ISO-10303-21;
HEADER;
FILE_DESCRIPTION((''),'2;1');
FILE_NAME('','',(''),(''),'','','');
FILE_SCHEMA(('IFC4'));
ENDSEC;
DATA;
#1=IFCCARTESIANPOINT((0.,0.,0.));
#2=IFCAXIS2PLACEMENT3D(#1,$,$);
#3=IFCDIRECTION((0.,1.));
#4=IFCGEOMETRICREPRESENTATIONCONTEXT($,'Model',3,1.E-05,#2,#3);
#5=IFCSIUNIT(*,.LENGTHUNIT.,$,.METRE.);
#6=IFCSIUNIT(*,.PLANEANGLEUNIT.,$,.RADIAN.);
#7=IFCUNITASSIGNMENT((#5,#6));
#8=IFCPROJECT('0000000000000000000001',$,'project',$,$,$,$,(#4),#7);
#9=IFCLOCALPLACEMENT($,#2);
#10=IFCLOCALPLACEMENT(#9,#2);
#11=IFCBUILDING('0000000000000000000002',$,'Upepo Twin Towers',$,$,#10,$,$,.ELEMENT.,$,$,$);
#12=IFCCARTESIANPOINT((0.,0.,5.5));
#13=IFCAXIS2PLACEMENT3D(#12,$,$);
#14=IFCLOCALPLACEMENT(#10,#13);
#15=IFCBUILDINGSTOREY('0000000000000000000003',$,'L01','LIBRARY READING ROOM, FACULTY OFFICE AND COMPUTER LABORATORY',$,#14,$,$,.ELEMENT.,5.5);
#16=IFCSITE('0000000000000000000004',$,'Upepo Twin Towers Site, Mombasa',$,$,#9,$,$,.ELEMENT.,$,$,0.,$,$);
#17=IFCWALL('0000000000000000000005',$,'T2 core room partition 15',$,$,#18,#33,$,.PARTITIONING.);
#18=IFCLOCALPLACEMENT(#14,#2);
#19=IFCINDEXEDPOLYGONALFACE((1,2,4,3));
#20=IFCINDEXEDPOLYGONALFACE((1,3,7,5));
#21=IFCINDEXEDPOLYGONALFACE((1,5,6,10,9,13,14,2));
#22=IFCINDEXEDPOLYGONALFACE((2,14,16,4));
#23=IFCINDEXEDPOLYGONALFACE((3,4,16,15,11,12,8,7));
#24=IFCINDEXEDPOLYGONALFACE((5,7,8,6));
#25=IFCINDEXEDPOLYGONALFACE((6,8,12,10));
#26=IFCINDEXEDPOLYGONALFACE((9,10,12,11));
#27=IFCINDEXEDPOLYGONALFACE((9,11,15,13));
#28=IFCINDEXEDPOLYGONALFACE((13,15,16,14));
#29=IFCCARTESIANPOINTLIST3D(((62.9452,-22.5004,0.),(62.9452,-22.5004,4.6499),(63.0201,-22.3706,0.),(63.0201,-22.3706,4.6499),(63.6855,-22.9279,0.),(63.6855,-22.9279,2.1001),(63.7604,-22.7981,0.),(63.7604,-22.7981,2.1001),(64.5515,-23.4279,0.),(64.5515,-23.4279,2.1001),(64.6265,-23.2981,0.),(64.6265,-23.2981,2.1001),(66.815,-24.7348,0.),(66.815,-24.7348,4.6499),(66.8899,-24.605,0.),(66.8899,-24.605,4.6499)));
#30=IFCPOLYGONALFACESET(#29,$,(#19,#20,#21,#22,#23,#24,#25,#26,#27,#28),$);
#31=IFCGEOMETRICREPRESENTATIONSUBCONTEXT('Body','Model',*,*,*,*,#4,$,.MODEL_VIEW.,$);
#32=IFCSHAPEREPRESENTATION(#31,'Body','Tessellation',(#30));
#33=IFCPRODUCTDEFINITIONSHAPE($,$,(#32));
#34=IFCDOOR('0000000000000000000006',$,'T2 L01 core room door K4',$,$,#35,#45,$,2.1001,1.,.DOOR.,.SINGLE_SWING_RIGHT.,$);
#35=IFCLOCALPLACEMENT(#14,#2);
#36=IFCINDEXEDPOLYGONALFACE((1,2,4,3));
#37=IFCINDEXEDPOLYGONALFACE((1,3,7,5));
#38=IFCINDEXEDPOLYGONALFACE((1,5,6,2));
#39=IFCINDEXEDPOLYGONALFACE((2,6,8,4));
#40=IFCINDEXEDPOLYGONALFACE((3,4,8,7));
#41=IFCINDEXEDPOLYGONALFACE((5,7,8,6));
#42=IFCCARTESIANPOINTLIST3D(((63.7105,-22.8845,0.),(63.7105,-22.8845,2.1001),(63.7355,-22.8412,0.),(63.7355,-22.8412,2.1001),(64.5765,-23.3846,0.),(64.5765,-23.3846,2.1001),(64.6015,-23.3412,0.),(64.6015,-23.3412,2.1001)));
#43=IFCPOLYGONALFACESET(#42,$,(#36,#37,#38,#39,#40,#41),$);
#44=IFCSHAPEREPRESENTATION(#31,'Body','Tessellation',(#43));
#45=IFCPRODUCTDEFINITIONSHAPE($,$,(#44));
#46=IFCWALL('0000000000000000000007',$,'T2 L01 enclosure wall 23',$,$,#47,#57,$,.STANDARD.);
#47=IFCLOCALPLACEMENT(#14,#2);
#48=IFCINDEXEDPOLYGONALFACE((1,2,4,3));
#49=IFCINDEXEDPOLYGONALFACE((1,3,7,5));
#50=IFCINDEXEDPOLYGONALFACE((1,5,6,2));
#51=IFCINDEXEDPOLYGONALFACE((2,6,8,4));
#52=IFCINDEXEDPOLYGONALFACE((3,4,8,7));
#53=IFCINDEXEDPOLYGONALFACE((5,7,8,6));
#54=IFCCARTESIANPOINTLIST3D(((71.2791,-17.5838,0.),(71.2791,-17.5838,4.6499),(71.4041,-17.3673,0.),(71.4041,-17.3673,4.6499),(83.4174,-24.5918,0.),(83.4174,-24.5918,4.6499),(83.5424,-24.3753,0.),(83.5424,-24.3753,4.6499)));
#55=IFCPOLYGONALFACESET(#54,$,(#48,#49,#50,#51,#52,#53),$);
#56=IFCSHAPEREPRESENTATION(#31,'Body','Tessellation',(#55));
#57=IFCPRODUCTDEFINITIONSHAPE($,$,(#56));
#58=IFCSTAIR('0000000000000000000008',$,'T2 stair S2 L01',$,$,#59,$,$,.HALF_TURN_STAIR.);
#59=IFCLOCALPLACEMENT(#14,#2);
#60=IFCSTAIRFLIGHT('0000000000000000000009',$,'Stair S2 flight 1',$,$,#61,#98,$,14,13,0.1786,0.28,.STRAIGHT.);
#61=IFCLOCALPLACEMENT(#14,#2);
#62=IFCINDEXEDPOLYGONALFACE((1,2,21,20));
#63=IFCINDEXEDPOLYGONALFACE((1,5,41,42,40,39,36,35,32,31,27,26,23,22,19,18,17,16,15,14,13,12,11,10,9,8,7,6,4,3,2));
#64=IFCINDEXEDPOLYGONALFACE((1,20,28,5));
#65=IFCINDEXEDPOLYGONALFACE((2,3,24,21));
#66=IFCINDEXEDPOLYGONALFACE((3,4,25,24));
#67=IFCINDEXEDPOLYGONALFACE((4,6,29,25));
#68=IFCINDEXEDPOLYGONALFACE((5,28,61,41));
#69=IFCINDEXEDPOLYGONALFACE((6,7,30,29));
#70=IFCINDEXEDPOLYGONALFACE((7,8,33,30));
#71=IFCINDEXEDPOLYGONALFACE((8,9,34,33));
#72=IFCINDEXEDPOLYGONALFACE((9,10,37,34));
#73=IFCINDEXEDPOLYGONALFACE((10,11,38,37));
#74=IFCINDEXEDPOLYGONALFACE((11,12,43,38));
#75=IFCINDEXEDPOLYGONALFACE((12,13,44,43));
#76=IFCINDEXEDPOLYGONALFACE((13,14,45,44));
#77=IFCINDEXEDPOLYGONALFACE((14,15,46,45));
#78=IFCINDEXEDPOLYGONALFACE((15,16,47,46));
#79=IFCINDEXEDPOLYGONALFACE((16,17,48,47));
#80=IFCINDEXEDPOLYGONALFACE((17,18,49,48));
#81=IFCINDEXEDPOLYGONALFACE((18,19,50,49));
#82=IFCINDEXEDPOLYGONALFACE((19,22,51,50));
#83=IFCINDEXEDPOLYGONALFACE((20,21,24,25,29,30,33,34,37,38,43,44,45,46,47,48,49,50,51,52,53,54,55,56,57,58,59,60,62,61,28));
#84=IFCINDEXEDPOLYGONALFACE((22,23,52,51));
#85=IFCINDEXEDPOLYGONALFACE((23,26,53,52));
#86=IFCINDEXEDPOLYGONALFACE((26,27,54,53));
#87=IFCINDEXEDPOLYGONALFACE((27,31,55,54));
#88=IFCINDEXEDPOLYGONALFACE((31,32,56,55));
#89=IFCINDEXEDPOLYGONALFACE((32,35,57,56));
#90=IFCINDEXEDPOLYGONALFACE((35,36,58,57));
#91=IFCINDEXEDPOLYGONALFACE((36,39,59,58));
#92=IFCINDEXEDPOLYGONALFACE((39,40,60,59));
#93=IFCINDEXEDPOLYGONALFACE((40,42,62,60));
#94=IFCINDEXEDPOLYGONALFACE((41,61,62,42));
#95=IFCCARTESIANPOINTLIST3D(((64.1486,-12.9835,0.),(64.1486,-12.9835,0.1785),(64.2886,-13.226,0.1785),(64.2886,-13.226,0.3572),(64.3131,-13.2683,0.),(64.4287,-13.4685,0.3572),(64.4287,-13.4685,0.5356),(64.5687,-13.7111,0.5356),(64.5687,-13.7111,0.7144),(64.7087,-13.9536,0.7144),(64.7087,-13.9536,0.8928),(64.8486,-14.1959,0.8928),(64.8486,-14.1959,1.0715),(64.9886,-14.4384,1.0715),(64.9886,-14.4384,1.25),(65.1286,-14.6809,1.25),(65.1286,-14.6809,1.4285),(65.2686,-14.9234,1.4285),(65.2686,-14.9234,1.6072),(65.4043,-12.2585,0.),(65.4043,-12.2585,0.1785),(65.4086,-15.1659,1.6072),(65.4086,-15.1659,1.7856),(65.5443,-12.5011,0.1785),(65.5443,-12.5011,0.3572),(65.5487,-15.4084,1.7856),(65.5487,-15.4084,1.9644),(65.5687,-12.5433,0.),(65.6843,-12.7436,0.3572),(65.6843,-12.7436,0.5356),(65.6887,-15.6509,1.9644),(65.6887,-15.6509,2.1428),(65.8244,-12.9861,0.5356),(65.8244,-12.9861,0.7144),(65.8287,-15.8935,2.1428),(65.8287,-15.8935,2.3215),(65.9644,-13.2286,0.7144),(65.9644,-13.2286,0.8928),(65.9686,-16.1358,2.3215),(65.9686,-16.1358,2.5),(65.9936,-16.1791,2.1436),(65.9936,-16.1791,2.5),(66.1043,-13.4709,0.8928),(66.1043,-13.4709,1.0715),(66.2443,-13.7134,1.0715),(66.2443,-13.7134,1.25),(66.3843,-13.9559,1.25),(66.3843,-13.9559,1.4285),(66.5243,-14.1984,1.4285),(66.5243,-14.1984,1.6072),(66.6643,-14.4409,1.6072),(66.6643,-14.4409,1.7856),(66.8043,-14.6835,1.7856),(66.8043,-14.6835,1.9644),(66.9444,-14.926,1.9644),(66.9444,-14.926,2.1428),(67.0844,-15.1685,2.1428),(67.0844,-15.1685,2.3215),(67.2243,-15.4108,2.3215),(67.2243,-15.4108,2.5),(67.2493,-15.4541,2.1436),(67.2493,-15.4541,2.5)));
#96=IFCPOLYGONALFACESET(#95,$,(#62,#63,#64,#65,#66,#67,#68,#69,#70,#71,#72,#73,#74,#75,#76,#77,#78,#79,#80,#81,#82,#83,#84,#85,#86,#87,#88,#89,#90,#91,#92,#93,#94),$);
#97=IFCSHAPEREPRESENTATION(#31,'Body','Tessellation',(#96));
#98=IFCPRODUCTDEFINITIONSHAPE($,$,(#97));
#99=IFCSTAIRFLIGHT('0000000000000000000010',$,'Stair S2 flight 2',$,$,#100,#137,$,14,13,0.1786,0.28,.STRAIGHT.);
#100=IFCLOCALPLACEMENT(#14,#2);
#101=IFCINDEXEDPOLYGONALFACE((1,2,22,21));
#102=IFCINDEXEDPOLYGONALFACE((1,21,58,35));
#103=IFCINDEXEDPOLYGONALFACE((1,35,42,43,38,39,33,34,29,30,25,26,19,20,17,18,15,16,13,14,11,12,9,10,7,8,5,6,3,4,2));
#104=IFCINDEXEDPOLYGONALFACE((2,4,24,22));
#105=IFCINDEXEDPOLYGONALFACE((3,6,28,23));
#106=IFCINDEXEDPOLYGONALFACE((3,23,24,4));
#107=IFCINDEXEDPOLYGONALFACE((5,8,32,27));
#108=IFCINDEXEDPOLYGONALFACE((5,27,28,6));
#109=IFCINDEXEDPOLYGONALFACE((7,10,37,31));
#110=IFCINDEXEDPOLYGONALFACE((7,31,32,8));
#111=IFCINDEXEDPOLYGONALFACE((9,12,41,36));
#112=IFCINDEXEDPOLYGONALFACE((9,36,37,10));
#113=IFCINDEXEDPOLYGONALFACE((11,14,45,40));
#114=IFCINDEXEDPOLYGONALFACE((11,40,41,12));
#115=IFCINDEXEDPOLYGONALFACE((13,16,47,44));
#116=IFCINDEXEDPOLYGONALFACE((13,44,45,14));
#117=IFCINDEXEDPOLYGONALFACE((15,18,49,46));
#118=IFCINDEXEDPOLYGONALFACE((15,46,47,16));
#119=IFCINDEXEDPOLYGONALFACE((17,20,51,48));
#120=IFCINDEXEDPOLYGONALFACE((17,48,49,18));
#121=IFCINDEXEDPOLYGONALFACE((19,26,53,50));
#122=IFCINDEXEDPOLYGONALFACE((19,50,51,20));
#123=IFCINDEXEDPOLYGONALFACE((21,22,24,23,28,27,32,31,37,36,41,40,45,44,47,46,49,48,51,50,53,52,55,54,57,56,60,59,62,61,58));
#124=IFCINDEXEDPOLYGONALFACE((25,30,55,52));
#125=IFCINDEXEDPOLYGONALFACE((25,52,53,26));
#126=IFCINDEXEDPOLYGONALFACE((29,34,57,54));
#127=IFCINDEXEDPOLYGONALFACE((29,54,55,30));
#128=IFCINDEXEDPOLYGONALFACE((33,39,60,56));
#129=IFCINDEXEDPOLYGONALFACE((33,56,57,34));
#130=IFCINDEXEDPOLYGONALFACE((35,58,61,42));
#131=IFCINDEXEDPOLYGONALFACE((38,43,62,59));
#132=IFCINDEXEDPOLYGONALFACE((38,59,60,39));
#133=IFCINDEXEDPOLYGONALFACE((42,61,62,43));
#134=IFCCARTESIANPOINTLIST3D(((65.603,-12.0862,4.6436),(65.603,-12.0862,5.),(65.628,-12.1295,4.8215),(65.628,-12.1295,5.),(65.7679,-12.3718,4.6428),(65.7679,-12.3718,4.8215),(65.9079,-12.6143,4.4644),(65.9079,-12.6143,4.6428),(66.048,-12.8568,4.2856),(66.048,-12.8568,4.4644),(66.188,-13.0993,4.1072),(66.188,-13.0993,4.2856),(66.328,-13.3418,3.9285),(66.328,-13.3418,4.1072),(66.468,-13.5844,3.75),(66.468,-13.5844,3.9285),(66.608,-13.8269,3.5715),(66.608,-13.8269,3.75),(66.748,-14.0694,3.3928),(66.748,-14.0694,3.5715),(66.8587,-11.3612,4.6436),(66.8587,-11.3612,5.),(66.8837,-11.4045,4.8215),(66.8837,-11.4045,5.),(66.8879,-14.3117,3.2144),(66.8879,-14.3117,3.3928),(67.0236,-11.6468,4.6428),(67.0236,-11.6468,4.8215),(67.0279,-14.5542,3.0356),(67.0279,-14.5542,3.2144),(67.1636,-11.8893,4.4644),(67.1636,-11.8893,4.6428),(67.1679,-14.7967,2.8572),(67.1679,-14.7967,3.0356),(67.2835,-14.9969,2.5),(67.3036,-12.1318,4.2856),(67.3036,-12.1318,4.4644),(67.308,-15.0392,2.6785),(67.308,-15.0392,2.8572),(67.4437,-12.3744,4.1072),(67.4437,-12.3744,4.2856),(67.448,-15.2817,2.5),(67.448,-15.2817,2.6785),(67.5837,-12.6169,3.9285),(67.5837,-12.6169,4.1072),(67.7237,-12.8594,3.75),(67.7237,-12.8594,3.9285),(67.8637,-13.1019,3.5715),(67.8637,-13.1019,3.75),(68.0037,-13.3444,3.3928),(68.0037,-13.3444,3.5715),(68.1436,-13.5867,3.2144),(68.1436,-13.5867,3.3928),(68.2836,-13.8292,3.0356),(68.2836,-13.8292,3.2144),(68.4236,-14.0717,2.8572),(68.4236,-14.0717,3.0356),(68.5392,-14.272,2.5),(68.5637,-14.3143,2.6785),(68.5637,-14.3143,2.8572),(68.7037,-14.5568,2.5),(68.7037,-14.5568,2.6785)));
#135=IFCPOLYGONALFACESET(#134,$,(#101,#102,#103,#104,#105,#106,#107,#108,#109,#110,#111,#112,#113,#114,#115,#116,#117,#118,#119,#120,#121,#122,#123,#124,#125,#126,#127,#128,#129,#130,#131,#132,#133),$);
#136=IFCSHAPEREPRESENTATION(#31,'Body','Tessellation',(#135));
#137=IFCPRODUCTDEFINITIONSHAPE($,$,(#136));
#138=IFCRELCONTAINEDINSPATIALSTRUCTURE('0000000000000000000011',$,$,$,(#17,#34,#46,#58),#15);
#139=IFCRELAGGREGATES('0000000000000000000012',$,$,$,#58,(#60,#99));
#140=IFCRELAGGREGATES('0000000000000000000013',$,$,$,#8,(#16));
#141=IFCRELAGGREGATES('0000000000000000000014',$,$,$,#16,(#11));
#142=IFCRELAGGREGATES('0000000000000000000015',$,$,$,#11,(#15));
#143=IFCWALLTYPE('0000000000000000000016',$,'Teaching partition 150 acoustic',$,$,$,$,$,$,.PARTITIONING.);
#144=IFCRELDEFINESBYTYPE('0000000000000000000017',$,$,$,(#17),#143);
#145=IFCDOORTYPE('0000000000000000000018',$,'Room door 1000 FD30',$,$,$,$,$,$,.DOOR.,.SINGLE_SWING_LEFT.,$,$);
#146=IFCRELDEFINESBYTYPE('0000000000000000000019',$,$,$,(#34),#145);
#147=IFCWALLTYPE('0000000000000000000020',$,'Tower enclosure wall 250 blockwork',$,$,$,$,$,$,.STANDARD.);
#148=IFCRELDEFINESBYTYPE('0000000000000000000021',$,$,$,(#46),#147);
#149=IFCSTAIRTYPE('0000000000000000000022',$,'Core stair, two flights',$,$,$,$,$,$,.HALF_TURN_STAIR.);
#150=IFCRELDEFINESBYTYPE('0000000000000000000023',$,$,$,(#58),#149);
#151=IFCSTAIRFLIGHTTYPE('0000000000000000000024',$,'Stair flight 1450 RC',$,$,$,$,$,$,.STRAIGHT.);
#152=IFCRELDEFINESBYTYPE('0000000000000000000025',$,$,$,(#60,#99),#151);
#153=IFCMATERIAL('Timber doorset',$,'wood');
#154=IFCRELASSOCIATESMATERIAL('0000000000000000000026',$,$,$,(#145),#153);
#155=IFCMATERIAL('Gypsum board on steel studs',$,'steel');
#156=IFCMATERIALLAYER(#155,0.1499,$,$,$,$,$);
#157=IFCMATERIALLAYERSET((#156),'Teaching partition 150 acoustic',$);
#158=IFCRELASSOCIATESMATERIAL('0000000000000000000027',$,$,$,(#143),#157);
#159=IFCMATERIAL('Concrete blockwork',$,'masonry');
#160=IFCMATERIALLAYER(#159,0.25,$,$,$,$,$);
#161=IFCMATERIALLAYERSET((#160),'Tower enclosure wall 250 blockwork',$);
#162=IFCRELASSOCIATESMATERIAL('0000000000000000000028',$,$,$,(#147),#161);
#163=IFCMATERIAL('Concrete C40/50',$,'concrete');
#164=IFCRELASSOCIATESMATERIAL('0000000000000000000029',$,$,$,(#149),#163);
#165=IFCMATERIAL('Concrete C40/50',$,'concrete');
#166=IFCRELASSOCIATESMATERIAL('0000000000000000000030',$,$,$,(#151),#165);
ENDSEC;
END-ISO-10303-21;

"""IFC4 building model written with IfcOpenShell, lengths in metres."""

from ifc_helpers import new_model, si_unit, direction, frame, frame_2d, origin, place, context, subcontext, project, spatial, polyline, rectangle, outline, extrude, material, layer, layer_set, type_object, element, fill, aggregate, save


model = new_model("IFC4")

# Units and contexts
model_context = context("Model", 3, precision=1e-05, world=origin(), true_north=direction((0.0, 1.0)))
body_context = subcontext(model_context, "Body", "Model", "MODEL_VIEW")
ifc_project = project(units=[si_unit("LENGTHUNIT", "METRE"), si_unit("PLANEANGLEUNIT", "RADIAN")], contexts=[model_context])

# Site, building, storey
site_placement = place(None, origin())
site = spatial("IfcSite", under=ifc_project, at=site_placement, Name="Upepo Twin Towers Site, Mombasa", CompositionType="ELEMENT", RefElevation=0.0)
building_placement = place(site_placement, origin())
building = spatial("IfcBuilding", under=site, at=building_placement, Name="Upepo Twin Towers", CompositionType="ELEMENT")
storey_placement = place(building_placement, frame((0.0, 0.0, 5.5)))
storey = spatial("IfcBuildingStorey", under=building, at=storey_placement, Name="L01", Description="LIBRARY READING ROOM, FACULTY OFFICE AND COMPUTER LABORATORY", CompositionType="ELEMENT", Elevation=5.5)

# Shared definitions
ifc_material_1 = material(Name="Timber doorset", Category="wood")
door_type_1 = type_object("IfcDoorType", Name="Room door 1000 FD30", OperationType="SINGLE_SWING_LEFT", PredefinedType="DOOR", material=ifc_material_1)

# Shared definitions
ifc_material_2 = material(Name="Gypsum board on steel studs", Category="steel")
ifc_layer_1 = layer(ifc_material_2, 0.1499)
ifc_layer_set_1 = layer_set([ifc_layer_1], Name="Teaching partition 150 acoustic")
wall_type_1 = type_object("IfcWallType", Name="Teaching partition 150 acoustic", PredefinedType="PARTITIONING", material=ifc_layer_set_1)

# Wall, opening, door
wall_1_placement = place(storey_placement, frame((66.8525, -24.6699, 0.0), z_axis=(0.0, 0.0, 1.0), x_axis=(-0.866015, 0.500017, 0.0)))
wall_1 = element("IfcWall", 1, at=wall_1_placement, inside=storey, type_object=wall_type_1, Name="T2 core room partition 15", PredefinedType="PARTITIONING", context=body_context, shape_type="SweptSolid", body=[
    extrude(rectangle(XDim=4.4685, YDim=0.1499, at=frame_2d((2.2344, 0.0))), origin(), (0.0, 0.0, 1.0), 4.6499),
])
opening_1_placement = place(wall_1_placement, frame((2.6138, 0.0, 0.0)))
opening_1 = element("IfcOpeningElement", 2, at=opening_1_placement, cuts=wall_1, PredefinedType="OPENING", context=body_context, shape_type="SweptSolid", body=[
    extrude(rectangle(XDim=1.0, YDim=2.1001, at=frame_2d((0.5, 1.05))), frame((0.0, 0.085, 0.0), z_axis=(0.0, -1.0, 0.0), x_axis=(1.0, 0.0, 0.0)), (0.0, 0.0, 1.0), 0.1699),
])
door_1_placement = place(opening_1_placement, origin())
door_1 = element("IfcDoor", 3, at=door_1_placement, inside=storey, type_object=door_type_1, Name="T2 L01 core room door K4", OperationType="SINGLE_SWING_RIGHT", OverallHeight=2.1001, OverallWidth=1.0, PredefinedType="DOOR", context=body_context, shape_type="SweptSolid", body=[
    extrude(rectangle(XDim=1.0, YDim=2.1001, at=frame_2d((0.5, 1.05))), frame((0.0, 0.0249, 0.0), z_axis=(0.0, -1.0, 0.0), x_axis=(1.0, 0.0, 0.0)), (0.0, 0.0, 1.0), 0.05),
])
fill(opening_1, door_1)

# Wall
ifc_material_3 = material(Name="Concrete blockwork", Category="masonry")
ifc_layer_2 = layer(ifc_material_3, 0.25)
ifc_layer_set_2 = layer_set([ifc_layer_2], Name="Tower enclosure wall 250 blockwork")
wall_type_2 = type_object("IfcWallType", Name="Tower enclosure wall 250 blockwork", PredefinedType="STANDARD", material=ifc_layer_set_2)
wall_2_placement = place(storey_placement, frame((71.3416, -17.4756, 0.0), z_axis=(0.0, 0.0, 1.0), x_axis=(0.866028, -0.499996, 0.0)))
element("IfcWall", 4, at=wall_2_placement, inside=storey, type_object=wall_type_2, Name="T2 L01 enclosure wall 23", PredefinedType="STANDARD", context=body_context, shape_type="SweptSolid", body=[
    extrude(rectangle(XDim=14.0161, YDim=0.25, at=frame_2d((7.0081, 0.0))), origin(), (0.0, 0.0, 1.0), 4.6499),
])

# Stair, stair flights
ifc_material_4 = material(Name="Concrete C40/50", Category="concrete")
stair_type = type_object("IfcStairType", Name="Core stair, two flights", PredefinedType="HALF_TURN_STAIR", material=ifc_material_4)
stair_placement = place(storey_placement, origin())
stair = element("IfcStair", 5, at=stair_placement, inside=storey, type_object=stair_type, Name="T2 stair S2 L01", PredefinedType="HALF_TURN_STAIR")
ifc_material_5 = material(Name="Concrete C40/50", Category="concrete")
stair_flight_type = type_object("IfcStairFlightType", Name="Stair flight 1450 RC", PredefinedType="STRAIGHT", material=ifc_material_5)
stair_flight_1_placement = place(storey_placement, frame((64.7764, -12.6211, 0.0), z_axis=(0.0, 0.0, 1.0), x_axis=(0.5, -0.866025, 0.0)))
stair_flight_1 = element("IfcStairFlight", 6, at=stair_flight_1_placement, type_object=stair_flight_type, Name="Stair S2 flight 1", NumberOfRisers=14, NumberOfTreads=13, PredefinedType="STRAIGHT", RiserHeight=0.1786, TreadLength=0.28, context=body_context, shape_type="SweptSolid", body=[
    extrude(outline(polyline([(0.0, 0.0), (0.0, 0.1785), (0.28, 0.1785), (0.28, 0.3572), (0.5601, 0.3572), (0.5601, 0.5356), (0.8401, 0.5356), (0.8401, 0.7144), (1.1201, 0.7144), (1.1201, 0.8928), (1.3999, 0.8928), (1.3999, 1.0715), (1.6799, 1.0715), (1.6799, 1.25), (1.96, 1.25), (1.96, 1.4285), (2.24, 1.4285), (2.24, 1.6072), (2.52, 1.6072), (2.52, 1.7856), (2.8, 1.7856), (2.8, 1.9644), (3.0801, 1.9644), (3.0801, 2.1428), (3.3601, 2.1428), (3.3601, 2.3215), (3.6399, 2.3215), (3.6399, 2.5), (3.6899, 2.5), (3.6899, 2.1436), (0.3289, 0.0), (0.0, 0.0)])), frame((0.0, 0.7251, 0.0), z_axis=(0.0, -1.0, 0.0), x_axis=(1.0, 0.0, 0.0)), (0.0, 0.0, 1.0), 1.45),
])
stair_flight_2_placement = place(storey_placement, frame((68.0759, -14.9192, 2.5), z_axis=(0.0, 0.0, 1.0), x_axis=(-0.5, 0.866025, 0.0)))
stair_flight_2 = element("IfcStairFlight", 7, at=stair_flight_2_placement, type_object=stair_flight_type, Name="Stair S2 flight 2", NumberOfRisers=14, NumberOfTreads=13, PredefinedType="STRAIGHT", RiserHeight=0.1786, TreadLength=0.28, context=body_context, shape_type="SweptSolid", body=[
    extrude(outline(polyline([(0.0, 0.0), (0.0, 0.1785), (0.28, 0.1785), (0.28, 0.3572), (0.5601, 0.3572), (0.5601, 0.5356), (0.8401, 0.5356), (0.8401, 0.7144), (1.1201, 0.7144), (1.1201, 0.8928), (1.3999, 0.8928), (1.3999, 1.0715), (1.6799, 1.0715), (1.6799, 1.25), (1.96, 1.25), (1.96, 1.4285), (2.24, 1.4285), (2.24, 1.6072), (2.52, 1.6072), (2.52, 1.7856), (2.8, 1.7856), (2.8, 1.9644), (3.0801, 1.9644), (3.0801, 2.1428), (3.3601, 2.1428), (3.3601, 2.3215), (3.6399, 2.3215), (3.6399, 2.5), (3.6899, 2.5), (3.6899, 2.1436), (0.3289, 0.0), (0.0, 0.0)])), frame((0.0, 0.7251, 0.0), z_axis=(0.0, -1.0, 0.0), x_axis=(1.0, 0.0, 0.0)), (0.0, 0.0, 1.0), 1.45),
])
aggregate(stair, [stair_flight_1, stair_flight_2])

save(model, "model.ifc")
